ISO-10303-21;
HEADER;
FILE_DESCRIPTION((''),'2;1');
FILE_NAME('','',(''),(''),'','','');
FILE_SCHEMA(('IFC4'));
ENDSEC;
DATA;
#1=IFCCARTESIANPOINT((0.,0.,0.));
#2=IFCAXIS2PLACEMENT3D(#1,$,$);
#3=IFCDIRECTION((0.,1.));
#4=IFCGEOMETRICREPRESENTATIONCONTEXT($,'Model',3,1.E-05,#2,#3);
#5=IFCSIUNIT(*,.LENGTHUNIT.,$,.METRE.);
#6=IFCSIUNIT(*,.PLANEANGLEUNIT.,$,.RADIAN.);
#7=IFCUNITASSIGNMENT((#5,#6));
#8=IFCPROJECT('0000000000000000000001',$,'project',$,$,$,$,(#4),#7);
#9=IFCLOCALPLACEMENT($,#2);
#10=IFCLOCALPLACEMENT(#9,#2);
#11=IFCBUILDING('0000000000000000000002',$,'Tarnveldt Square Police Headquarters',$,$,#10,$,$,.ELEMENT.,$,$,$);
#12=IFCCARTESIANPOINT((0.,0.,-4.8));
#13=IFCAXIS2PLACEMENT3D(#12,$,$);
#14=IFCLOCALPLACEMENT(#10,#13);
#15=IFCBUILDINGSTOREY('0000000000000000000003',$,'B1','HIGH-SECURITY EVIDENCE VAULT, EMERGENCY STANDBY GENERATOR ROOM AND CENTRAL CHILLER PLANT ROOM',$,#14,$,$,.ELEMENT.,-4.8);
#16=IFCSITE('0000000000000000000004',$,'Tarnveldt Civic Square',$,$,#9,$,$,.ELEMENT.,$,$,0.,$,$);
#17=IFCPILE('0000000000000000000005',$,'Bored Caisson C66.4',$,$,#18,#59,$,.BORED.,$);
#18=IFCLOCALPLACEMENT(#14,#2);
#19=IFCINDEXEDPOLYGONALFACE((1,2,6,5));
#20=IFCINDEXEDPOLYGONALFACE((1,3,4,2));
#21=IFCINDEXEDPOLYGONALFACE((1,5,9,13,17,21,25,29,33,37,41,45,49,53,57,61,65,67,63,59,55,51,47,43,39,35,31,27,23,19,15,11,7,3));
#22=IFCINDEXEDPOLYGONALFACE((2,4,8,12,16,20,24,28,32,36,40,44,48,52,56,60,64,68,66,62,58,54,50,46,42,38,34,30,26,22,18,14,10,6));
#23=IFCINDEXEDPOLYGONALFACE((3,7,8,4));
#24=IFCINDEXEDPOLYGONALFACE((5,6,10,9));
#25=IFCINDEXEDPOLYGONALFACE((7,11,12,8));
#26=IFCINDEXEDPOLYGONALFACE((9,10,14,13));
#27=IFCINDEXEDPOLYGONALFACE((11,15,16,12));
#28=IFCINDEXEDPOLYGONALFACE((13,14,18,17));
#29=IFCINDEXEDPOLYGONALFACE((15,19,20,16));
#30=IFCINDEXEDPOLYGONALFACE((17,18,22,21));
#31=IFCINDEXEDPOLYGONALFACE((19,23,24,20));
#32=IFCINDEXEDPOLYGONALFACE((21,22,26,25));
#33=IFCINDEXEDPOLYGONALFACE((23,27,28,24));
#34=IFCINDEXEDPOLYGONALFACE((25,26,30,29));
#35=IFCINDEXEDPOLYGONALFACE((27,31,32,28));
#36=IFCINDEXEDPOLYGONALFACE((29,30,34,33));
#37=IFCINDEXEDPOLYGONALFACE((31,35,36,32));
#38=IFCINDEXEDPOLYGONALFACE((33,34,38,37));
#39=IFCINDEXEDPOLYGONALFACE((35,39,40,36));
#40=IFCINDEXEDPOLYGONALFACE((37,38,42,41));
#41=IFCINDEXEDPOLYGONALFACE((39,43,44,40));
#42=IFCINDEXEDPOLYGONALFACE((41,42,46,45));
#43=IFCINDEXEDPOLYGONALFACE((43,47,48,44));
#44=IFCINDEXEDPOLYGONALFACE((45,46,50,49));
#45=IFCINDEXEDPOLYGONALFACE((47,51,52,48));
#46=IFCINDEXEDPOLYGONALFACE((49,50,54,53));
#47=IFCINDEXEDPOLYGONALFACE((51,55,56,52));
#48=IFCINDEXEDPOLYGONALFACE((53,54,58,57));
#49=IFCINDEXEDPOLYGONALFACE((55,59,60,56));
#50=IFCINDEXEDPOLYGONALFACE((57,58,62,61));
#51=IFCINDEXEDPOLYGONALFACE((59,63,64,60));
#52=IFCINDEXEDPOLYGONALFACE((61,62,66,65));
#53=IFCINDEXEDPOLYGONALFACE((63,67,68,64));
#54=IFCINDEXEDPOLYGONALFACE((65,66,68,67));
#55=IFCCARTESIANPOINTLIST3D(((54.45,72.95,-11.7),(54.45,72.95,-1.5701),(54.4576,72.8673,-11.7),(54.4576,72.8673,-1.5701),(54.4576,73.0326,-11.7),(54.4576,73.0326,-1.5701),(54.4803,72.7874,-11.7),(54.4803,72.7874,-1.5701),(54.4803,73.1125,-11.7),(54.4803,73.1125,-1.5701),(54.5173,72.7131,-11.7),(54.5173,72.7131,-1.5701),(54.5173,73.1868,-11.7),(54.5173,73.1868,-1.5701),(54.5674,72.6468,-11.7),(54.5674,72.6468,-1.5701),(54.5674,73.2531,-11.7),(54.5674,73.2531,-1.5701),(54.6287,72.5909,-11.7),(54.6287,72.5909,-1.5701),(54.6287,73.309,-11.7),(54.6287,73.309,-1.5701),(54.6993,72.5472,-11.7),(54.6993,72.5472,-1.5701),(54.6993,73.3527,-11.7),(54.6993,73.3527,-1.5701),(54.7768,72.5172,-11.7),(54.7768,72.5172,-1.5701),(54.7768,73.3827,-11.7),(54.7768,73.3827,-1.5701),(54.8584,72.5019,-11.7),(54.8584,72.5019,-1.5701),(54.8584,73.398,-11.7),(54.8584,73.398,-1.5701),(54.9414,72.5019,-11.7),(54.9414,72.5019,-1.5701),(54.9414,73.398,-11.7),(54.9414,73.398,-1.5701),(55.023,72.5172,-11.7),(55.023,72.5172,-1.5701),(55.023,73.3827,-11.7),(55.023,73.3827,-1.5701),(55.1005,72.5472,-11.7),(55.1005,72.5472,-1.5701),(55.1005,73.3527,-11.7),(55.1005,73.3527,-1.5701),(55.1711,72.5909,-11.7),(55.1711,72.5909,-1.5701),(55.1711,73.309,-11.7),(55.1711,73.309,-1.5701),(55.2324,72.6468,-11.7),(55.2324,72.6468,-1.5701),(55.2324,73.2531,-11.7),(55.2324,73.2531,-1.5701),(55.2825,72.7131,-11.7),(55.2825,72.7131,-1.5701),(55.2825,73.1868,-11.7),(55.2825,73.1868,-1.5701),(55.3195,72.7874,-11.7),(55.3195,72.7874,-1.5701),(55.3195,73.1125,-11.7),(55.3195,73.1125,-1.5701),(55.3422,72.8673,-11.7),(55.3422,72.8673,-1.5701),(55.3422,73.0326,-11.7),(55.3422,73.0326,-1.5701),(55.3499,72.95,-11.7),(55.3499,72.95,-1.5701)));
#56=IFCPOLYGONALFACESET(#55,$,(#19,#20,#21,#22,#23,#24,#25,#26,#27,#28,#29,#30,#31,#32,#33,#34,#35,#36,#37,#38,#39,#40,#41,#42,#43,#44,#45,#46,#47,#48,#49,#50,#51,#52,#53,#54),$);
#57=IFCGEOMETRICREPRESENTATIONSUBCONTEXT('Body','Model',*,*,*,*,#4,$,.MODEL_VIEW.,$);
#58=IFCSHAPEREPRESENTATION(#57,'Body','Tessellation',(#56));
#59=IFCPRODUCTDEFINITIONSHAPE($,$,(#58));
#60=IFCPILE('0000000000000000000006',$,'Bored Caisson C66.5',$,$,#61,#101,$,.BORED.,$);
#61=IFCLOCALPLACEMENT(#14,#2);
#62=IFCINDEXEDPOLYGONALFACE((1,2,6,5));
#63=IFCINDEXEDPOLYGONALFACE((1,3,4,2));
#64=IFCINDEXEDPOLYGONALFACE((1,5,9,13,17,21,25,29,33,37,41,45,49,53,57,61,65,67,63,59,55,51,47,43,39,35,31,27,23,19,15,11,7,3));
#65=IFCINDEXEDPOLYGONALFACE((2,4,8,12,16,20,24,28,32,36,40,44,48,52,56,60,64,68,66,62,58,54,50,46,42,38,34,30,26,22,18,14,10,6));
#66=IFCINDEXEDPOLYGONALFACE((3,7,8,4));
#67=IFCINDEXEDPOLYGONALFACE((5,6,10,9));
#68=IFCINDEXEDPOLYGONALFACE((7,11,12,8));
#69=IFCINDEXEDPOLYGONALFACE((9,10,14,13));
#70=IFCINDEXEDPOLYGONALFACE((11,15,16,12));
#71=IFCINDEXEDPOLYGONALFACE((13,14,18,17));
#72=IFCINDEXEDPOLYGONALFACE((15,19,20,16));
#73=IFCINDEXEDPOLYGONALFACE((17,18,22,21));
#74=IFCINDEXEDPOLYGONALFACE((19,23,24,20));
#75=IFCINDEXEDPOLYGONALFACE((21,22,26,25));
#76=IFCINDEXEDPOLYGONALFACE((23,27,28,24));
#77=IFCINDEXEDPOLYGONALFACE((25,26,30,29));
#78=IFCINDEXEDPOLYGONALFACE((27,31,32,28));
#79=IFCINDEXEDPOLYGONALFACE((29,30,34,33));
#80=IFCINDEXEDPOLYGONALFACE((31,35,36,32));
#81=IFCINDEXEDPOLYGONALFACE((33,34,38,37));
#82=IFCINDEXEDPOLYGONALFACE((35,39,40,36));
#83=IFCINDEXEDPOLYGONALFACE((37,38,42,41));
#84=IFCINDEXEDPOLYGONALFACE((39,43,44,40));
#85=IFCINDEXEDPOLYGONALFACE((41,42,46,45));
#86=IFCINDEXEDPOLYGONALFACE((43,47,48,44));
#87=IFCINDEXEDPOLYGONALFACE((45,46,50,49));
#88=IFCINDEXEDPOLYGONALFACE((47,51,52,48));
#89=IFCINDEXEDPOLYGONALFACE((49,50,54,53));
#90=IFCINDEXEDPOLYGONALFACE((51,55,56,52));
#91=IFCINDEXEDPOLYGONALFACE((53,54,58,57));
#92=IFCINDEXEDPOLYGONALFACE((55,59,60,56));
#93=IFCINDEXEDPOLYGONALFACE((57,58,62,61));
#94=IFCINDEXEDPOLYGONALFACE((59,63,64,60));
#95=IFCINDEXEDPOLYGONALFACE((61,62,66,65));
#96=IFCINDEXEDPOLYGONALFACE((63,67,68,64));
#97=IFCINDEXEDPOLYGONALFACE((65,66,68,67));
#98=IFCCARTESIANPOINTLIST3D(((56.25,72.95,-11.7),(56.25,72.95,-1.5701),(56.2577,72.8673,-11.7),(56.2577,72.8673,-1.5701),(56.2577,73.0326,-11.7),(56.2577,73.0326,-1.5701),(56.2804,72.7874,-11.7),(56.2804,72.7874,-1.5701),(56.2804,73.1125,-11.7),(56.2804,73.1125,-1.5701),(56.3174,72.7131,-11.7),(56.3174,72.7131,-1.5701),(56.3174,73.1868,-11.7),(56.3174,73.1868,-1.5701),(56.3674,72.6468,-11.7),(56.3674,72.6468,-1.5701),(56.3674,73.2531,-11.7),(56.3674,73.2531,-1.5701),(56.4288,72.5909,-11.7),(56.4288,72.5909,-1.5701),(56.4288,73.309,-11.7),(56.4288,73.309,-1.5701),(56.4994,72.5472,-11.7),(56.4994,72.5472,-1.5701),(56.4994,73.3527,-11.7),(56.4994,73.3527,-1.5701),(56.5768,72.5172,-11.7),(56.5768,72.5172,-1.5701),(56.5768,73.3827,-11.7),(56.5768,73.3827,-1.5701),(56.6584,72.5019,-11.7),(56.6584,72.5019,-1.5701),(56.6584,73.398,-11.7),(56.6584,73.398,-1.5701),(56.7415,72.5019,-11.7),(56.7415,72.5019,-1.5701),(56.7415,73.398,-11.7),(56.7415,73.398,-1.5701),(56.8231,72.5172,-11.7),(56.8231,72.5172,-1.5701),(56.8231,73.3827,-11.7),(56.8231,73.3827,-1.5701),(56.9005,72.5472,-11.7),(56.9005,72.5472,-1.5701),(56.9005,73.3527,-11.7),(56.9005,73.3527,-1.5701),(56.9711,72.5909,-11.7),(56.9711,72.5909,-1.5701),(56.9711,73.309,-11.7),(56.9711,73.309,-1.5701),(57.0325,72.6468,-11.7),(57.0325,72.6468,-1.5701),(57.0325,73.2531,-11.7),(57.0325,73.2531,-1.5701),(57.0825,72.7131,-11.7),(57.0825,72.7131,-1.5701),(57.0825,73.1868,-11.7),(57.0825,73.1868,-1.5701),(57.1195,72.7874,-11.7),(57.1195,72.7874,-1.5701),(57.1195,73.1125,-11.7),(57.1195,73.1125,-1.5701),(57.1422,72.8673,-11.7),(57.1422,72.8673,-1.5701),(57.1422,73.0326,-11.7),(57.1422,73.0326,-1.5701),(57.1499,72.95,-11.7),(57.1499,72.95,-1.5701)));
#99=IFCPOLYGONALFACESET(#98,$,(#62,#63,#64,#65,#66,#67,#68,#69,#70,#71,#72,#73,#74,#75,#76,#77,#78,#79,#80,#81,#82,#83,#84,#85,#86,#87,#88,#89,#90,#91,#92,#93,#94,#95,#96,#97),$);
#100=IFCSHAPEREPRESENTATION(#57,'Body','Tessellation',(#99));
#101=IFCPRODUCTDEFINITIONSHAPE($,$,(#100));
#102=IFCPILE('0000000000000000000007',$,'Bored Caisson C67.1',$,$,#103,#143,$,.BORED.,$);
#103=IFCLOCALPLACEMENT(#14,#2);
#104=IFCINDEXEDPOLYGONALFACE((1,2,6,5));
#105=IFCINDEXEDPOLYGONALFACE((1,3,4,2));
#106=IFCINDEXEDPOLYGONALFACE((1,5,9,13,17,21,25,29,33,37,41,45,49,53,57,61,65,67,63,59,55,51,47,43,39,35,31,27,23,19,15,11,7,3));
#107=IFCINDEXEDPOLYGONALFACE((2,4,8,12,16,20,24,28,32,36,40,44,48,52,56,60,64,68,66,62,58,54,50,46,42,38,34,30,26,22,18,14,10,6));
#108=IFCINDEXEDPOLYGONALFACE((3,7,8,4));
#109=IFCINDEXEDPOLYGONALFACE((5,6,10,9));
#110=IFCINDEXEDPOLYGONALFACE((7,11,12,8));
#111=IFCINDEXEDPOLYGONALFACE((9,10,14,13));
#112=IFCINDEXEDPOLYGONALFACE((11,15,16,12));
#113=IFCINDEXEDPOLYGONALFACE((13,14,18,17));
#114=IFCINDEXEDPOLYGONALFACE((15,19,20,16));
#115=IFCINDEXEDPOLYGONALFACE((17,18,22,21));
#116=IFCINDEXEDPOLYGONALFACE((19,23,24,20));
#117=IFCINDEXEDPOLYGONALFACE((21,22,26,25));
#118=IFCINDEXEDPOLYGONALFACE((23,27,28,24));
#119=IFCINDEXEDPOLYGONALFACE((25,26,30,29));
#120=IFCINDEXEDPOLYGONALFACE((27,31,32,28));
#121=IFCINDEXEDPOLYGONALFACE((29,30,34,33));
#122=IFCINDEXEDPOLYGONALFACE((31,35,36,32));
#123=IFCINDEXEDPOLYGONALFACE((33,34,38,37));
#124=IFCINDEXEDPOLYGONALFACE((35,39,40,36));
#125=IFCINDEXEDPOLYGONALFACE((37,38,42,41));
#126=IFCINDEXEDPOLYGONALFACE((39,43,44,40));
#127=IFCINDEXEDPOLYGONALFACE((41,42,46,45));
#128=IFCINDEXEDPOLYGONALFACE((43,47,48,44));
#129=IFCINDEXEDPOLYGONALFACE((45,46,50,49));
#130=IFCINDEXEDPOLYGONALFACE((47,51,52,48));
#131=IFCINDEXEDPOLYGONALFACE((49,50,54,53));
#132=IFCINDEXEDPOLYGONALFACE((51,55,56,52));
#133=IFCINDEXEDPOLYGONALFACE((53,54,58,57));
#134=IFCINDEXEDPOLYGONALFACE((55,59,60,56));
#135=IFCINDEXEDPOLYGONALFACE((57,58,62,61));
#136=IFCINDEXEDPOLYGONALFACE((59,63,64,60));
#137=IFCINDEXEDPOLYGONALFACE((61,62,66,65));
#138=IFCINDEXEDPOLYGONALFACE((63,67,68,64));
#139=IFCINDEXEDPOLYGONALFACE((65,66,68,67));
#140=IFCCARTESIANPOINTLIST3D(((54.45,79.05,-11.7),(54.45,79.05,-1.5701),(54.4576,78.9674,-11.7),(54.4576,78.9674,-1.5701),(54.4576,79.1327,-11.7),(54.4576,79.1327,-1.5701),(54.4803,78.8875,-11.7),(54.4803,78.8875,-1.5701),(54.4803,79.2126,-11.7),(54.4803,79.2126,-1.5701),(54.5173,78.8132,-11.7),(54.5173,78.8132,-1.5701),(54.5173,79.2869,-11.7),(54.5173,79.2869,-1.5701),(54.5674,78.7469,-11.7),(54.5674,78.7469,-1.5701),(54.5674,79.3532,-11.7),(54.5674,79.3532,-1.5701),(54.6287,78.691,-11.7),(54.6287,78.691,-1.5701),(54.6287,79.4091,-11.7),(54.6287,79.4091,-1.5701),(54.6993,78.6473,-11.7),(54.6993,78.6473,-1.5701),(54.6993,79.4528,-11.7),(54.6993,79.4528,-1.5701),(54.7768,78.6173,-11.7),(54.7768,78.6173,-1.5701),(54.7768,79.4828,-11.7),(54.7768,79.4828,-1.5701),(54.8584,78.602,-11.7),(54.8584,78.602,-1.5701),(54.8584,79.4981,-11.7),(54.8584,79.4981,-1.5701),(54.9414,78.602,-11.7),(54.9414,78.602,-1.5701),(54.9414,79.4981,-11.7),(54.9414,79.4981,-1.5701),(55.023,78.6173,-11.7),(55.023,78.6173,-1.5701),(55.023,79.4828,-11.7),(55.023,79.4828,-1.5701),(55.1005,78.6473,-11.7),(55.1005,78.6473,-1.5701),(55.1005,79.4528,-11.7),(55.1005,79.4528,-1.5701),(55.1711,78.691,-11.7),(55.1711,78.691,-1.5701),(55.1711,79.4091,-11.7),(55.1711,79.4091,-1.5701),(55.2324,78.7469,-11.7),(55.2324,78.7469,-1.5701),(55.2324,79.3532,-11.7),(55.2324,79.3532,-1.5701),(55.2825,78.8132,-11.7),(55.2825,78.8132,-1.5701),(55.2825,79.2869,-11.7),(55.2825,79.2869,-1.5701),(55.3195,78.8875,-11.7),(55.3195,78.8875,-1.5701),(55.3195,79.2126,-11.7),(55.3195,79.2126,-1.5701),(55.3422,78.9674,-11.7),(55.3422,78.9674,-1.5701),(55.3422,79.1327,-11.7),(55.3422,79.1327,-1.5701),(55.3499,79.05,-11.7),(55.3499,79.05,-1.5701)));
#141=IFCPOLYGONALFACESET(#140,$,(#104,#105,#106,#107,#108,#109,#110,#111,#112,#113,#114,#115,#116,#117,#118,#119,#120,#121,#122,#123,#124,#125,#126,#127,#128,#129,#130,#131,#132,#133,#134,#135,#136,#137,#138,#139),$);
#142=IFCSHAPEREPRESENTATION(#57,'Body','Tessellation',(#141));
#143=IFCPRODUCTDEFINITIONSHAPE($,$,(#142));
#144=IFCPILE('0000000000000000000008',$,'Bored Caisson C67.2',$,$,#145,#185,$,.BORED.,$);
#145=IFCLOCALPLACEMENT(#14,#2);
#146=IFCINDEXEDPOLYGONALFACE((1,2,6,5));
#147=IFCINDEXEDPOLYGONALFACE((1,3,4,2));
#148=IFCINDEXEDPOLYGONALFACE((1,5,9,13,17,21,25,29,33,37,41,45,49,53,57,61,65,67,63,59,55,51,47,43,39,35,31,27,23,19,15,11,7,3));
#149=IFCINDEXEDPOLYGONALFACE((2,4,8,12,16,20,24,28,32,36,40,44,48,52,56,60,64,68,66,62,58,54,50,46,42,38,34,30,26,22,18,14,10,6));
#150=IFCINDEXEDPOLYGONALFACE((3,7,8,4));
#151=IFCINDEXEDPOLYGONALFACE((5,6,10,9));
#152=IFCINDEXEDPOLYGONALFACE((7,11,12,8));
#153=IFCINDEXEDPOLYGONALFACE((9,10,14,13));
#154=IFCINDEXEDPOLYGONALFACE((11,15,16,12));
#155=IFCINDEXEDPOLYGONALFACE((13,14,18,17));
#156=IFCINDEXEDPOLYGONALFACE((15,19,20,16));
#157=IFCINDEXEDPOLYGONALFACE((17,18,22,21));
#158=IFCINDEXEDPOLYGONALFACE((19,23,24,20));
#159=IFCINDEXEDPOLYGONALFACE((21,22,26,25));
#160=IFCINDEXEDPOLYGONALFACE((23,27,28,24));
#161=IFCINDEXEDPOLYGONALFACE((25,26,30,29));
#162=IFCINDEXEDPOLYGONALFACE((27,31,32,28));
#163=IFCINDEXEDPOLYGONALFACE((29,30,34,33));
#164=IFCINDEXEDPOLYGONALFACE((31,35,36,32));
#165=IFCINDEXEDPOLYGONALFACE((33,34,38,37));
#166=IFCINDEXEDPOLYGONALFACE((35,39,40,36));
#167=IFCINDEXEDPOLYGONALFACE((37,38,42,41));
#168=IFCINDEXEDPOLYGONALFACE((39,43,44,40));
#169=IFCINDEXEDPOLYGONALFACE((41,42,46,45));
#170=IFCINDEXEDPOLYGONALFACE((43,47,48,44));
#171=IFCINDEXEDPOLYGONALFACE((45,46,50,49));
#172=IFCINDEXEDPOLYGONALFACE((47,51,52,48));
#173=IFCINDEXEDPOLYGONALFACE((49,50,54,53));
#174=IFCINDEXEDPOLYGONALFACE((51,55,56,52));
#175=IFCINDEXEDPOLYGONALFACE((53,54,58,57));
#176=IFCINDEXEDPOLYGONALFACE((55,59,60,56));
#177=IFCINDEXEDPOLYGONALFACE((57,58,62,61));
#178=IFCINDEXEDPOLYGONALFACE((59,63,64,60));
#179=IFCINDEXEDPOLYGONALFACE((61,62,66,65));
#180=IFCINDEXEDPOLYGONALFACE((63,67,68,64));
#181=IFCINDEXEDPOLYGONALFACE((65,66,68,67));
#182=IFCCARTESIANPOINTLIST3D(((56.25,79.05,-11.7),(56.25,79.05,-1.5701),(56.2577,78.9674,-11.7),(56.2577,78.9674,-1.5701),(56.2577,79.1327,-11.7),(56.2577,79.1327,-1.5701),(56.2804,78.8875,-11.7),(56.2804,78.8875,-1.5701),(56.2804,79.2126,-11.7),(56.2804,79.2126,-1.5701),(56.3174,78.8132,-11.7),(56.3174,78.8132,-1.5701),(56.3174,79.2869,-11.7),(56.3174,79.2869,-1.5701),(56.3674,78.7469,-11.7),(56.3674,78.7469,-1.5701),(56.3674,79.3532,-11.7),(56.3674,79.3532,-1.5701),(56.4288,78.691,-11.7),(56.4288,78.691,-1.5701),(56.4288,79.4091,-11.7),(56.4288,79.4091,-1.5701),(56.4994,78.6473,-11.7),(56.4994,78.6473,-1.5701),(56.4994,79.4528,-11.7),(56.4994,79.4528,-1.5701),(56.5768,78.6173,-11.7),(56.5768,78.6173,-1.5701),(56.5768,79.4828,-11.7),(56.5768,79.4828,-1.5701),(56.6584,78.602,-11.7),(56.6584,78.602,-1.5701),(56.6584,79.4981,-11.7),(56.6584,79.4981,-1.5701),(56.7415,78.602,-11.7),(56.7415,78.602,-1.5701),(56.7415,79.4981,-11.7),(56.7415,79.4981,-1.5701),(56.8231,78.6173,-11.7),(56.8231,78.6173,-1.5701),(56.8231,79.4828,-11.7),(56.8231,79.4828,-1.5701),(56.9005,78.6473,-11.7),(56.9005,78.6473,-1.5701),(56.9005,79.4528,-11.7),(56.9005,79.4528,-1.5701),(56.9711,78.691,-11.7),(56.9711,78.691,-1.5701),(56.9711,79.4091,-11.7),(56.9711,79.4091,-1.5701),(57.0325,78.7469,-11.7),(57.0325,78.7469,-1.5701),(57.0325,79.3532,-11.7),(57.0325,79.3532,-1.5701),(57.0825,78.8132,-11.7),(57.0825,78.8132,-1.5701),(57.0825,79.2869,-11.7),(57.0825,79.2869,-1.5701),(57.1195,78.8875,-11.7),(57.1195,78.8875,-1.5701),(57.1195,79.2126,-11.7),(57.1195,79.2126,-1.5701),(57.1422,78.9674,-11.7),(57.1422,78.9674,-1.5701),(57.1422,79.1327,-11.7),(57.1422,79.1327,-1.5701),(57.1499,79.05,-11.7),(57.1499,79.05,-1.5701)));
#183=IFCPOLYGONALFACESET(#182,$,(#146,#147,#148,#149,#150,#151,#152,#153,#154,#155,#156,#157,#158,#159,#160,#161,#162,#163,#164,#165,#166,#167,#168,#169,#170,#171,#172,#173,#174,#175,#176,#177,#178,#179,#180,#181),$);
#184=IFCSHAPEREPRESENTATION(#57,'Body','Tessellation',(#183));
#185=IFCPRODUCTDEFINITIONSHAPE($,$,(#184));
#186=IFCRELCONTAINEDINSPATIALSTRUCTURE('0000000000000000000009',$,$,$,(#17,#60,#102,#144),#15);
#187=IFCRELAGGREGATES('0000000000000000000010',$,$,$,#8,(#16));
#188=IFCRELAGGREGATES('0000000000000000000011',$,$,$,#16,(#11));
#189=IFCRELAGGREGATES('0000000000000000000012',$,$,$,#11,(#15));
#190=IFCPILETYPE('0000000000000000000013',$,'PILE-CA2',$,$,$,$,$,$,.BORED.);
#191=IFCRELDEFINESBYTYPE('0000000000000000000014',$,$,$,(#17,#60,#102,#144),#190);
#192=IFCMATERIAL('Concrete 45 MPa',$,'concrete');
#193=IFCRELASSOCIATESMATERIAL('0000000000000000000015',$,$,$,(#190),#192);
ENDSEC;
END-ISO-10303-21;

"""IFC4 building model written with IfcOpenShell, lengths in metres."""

from ifc_helpers import new_model, si_unit, direction, frame, origin, origin_2d, place, context, subcontext, project, spatial, circle, extrude, material, material_profile, profile_set, type_object, element, save


model = new_model("IFC4")

# Units and contexts
model_context = context("Model", 3, precision=1e-05, world=origin(), true_north=direction((0.0, 1.0)))
body_context = subcontext(model_context, "Body", "Model", "MODEL_VIEW")
ifc_project = project(units=[si_unit("LENGTHUNIT", "METRE"), si_unit("PLANEANGLEUNIT", "RADIAN")], contexts=[model_context])

# Site, building, storey
site_placement = place(None, origin())
site = spatial("IfcSite", under=ifc_project, at=site_placement, Name="Tarnveldt Civic Square", CompositionType="ELEMENT", RefElevation=0.0)
building_placement = place(site_placement, origin())
building = spatial("IfcBuilding", under=site, at=building_placement, Name="Tarnveldt Square Police Headquarters", CompositionType="ELEMENT")
storey_placement = place(building_placement, frame((0.0, 0.0, -4.8)))
storey = spatial("IfcBuildingStorey", under=building, at=storey_placement, Name="B1", Description="HIGH-SECURITY EVIDENCE VAULT, EMERGENCY STANDBY GENERATOR ROOM AND CENTRAL CHILLER PLANT ROOM", CompositionType="ELEMENT", Elevation=-4.8)

# Shared definitions
ifc_material_1 = material(Name="Concrete 45 MPa", Category="concrete")

# Piles
ifc_material_profile_1 = material_profile(ifc_material_1, circle(Radius=0.45, at=origin_2d()), Name="CAISSON-D900")
ifc_profile_set_1 = profile_set([ifc_material_profile_1], Name="Concrete 45 MPa")
pile_type = type_object("IfcPileType", Name="PILE-CA2", PredefinedType="BORED", material=ifc_profile_set_1)
for number, where, z_axis, x_axis, name in (
    (1, (54.8999, 72.95, -1.5701), (0.0, 0.0, -1.0), (1.0, 0.0, 0.0), "Bored Caisson C66.4"),
    (2, (56.7, 72.95, -1.5701), (0.0, 0.0, -1.0), (1.0, 0.0, 0.0), "Bored Caisson C66.5"),
    (3, (54.8999, 79.05, -1.5701), (0.0, 0.0, -1.0), (1.0, 0.0, 0.0), "Bored Caisson C67.1"),
    (4, (56.7, 79.05, -1.5701), (0.0, 0.0, -1.0), (1.0, 0.0, 0.0), "Bored Caisson C67.2"),
):
    element("IfcPile", number, at=place(storey_placement, frame(where, z_axis=z_axis, x_axis=x_axis)), inside=storey, type_object=pile_type, Name=name, PredefinedType="BORED", context=body_context, shape_type="SweptSolid", body=[
        extrude(circle(Radius=0.45, at=origin_2d()), origin(), (0.0, 0.0, 1.0), 10.1299),
    ])

save(model, "model.ifc")
